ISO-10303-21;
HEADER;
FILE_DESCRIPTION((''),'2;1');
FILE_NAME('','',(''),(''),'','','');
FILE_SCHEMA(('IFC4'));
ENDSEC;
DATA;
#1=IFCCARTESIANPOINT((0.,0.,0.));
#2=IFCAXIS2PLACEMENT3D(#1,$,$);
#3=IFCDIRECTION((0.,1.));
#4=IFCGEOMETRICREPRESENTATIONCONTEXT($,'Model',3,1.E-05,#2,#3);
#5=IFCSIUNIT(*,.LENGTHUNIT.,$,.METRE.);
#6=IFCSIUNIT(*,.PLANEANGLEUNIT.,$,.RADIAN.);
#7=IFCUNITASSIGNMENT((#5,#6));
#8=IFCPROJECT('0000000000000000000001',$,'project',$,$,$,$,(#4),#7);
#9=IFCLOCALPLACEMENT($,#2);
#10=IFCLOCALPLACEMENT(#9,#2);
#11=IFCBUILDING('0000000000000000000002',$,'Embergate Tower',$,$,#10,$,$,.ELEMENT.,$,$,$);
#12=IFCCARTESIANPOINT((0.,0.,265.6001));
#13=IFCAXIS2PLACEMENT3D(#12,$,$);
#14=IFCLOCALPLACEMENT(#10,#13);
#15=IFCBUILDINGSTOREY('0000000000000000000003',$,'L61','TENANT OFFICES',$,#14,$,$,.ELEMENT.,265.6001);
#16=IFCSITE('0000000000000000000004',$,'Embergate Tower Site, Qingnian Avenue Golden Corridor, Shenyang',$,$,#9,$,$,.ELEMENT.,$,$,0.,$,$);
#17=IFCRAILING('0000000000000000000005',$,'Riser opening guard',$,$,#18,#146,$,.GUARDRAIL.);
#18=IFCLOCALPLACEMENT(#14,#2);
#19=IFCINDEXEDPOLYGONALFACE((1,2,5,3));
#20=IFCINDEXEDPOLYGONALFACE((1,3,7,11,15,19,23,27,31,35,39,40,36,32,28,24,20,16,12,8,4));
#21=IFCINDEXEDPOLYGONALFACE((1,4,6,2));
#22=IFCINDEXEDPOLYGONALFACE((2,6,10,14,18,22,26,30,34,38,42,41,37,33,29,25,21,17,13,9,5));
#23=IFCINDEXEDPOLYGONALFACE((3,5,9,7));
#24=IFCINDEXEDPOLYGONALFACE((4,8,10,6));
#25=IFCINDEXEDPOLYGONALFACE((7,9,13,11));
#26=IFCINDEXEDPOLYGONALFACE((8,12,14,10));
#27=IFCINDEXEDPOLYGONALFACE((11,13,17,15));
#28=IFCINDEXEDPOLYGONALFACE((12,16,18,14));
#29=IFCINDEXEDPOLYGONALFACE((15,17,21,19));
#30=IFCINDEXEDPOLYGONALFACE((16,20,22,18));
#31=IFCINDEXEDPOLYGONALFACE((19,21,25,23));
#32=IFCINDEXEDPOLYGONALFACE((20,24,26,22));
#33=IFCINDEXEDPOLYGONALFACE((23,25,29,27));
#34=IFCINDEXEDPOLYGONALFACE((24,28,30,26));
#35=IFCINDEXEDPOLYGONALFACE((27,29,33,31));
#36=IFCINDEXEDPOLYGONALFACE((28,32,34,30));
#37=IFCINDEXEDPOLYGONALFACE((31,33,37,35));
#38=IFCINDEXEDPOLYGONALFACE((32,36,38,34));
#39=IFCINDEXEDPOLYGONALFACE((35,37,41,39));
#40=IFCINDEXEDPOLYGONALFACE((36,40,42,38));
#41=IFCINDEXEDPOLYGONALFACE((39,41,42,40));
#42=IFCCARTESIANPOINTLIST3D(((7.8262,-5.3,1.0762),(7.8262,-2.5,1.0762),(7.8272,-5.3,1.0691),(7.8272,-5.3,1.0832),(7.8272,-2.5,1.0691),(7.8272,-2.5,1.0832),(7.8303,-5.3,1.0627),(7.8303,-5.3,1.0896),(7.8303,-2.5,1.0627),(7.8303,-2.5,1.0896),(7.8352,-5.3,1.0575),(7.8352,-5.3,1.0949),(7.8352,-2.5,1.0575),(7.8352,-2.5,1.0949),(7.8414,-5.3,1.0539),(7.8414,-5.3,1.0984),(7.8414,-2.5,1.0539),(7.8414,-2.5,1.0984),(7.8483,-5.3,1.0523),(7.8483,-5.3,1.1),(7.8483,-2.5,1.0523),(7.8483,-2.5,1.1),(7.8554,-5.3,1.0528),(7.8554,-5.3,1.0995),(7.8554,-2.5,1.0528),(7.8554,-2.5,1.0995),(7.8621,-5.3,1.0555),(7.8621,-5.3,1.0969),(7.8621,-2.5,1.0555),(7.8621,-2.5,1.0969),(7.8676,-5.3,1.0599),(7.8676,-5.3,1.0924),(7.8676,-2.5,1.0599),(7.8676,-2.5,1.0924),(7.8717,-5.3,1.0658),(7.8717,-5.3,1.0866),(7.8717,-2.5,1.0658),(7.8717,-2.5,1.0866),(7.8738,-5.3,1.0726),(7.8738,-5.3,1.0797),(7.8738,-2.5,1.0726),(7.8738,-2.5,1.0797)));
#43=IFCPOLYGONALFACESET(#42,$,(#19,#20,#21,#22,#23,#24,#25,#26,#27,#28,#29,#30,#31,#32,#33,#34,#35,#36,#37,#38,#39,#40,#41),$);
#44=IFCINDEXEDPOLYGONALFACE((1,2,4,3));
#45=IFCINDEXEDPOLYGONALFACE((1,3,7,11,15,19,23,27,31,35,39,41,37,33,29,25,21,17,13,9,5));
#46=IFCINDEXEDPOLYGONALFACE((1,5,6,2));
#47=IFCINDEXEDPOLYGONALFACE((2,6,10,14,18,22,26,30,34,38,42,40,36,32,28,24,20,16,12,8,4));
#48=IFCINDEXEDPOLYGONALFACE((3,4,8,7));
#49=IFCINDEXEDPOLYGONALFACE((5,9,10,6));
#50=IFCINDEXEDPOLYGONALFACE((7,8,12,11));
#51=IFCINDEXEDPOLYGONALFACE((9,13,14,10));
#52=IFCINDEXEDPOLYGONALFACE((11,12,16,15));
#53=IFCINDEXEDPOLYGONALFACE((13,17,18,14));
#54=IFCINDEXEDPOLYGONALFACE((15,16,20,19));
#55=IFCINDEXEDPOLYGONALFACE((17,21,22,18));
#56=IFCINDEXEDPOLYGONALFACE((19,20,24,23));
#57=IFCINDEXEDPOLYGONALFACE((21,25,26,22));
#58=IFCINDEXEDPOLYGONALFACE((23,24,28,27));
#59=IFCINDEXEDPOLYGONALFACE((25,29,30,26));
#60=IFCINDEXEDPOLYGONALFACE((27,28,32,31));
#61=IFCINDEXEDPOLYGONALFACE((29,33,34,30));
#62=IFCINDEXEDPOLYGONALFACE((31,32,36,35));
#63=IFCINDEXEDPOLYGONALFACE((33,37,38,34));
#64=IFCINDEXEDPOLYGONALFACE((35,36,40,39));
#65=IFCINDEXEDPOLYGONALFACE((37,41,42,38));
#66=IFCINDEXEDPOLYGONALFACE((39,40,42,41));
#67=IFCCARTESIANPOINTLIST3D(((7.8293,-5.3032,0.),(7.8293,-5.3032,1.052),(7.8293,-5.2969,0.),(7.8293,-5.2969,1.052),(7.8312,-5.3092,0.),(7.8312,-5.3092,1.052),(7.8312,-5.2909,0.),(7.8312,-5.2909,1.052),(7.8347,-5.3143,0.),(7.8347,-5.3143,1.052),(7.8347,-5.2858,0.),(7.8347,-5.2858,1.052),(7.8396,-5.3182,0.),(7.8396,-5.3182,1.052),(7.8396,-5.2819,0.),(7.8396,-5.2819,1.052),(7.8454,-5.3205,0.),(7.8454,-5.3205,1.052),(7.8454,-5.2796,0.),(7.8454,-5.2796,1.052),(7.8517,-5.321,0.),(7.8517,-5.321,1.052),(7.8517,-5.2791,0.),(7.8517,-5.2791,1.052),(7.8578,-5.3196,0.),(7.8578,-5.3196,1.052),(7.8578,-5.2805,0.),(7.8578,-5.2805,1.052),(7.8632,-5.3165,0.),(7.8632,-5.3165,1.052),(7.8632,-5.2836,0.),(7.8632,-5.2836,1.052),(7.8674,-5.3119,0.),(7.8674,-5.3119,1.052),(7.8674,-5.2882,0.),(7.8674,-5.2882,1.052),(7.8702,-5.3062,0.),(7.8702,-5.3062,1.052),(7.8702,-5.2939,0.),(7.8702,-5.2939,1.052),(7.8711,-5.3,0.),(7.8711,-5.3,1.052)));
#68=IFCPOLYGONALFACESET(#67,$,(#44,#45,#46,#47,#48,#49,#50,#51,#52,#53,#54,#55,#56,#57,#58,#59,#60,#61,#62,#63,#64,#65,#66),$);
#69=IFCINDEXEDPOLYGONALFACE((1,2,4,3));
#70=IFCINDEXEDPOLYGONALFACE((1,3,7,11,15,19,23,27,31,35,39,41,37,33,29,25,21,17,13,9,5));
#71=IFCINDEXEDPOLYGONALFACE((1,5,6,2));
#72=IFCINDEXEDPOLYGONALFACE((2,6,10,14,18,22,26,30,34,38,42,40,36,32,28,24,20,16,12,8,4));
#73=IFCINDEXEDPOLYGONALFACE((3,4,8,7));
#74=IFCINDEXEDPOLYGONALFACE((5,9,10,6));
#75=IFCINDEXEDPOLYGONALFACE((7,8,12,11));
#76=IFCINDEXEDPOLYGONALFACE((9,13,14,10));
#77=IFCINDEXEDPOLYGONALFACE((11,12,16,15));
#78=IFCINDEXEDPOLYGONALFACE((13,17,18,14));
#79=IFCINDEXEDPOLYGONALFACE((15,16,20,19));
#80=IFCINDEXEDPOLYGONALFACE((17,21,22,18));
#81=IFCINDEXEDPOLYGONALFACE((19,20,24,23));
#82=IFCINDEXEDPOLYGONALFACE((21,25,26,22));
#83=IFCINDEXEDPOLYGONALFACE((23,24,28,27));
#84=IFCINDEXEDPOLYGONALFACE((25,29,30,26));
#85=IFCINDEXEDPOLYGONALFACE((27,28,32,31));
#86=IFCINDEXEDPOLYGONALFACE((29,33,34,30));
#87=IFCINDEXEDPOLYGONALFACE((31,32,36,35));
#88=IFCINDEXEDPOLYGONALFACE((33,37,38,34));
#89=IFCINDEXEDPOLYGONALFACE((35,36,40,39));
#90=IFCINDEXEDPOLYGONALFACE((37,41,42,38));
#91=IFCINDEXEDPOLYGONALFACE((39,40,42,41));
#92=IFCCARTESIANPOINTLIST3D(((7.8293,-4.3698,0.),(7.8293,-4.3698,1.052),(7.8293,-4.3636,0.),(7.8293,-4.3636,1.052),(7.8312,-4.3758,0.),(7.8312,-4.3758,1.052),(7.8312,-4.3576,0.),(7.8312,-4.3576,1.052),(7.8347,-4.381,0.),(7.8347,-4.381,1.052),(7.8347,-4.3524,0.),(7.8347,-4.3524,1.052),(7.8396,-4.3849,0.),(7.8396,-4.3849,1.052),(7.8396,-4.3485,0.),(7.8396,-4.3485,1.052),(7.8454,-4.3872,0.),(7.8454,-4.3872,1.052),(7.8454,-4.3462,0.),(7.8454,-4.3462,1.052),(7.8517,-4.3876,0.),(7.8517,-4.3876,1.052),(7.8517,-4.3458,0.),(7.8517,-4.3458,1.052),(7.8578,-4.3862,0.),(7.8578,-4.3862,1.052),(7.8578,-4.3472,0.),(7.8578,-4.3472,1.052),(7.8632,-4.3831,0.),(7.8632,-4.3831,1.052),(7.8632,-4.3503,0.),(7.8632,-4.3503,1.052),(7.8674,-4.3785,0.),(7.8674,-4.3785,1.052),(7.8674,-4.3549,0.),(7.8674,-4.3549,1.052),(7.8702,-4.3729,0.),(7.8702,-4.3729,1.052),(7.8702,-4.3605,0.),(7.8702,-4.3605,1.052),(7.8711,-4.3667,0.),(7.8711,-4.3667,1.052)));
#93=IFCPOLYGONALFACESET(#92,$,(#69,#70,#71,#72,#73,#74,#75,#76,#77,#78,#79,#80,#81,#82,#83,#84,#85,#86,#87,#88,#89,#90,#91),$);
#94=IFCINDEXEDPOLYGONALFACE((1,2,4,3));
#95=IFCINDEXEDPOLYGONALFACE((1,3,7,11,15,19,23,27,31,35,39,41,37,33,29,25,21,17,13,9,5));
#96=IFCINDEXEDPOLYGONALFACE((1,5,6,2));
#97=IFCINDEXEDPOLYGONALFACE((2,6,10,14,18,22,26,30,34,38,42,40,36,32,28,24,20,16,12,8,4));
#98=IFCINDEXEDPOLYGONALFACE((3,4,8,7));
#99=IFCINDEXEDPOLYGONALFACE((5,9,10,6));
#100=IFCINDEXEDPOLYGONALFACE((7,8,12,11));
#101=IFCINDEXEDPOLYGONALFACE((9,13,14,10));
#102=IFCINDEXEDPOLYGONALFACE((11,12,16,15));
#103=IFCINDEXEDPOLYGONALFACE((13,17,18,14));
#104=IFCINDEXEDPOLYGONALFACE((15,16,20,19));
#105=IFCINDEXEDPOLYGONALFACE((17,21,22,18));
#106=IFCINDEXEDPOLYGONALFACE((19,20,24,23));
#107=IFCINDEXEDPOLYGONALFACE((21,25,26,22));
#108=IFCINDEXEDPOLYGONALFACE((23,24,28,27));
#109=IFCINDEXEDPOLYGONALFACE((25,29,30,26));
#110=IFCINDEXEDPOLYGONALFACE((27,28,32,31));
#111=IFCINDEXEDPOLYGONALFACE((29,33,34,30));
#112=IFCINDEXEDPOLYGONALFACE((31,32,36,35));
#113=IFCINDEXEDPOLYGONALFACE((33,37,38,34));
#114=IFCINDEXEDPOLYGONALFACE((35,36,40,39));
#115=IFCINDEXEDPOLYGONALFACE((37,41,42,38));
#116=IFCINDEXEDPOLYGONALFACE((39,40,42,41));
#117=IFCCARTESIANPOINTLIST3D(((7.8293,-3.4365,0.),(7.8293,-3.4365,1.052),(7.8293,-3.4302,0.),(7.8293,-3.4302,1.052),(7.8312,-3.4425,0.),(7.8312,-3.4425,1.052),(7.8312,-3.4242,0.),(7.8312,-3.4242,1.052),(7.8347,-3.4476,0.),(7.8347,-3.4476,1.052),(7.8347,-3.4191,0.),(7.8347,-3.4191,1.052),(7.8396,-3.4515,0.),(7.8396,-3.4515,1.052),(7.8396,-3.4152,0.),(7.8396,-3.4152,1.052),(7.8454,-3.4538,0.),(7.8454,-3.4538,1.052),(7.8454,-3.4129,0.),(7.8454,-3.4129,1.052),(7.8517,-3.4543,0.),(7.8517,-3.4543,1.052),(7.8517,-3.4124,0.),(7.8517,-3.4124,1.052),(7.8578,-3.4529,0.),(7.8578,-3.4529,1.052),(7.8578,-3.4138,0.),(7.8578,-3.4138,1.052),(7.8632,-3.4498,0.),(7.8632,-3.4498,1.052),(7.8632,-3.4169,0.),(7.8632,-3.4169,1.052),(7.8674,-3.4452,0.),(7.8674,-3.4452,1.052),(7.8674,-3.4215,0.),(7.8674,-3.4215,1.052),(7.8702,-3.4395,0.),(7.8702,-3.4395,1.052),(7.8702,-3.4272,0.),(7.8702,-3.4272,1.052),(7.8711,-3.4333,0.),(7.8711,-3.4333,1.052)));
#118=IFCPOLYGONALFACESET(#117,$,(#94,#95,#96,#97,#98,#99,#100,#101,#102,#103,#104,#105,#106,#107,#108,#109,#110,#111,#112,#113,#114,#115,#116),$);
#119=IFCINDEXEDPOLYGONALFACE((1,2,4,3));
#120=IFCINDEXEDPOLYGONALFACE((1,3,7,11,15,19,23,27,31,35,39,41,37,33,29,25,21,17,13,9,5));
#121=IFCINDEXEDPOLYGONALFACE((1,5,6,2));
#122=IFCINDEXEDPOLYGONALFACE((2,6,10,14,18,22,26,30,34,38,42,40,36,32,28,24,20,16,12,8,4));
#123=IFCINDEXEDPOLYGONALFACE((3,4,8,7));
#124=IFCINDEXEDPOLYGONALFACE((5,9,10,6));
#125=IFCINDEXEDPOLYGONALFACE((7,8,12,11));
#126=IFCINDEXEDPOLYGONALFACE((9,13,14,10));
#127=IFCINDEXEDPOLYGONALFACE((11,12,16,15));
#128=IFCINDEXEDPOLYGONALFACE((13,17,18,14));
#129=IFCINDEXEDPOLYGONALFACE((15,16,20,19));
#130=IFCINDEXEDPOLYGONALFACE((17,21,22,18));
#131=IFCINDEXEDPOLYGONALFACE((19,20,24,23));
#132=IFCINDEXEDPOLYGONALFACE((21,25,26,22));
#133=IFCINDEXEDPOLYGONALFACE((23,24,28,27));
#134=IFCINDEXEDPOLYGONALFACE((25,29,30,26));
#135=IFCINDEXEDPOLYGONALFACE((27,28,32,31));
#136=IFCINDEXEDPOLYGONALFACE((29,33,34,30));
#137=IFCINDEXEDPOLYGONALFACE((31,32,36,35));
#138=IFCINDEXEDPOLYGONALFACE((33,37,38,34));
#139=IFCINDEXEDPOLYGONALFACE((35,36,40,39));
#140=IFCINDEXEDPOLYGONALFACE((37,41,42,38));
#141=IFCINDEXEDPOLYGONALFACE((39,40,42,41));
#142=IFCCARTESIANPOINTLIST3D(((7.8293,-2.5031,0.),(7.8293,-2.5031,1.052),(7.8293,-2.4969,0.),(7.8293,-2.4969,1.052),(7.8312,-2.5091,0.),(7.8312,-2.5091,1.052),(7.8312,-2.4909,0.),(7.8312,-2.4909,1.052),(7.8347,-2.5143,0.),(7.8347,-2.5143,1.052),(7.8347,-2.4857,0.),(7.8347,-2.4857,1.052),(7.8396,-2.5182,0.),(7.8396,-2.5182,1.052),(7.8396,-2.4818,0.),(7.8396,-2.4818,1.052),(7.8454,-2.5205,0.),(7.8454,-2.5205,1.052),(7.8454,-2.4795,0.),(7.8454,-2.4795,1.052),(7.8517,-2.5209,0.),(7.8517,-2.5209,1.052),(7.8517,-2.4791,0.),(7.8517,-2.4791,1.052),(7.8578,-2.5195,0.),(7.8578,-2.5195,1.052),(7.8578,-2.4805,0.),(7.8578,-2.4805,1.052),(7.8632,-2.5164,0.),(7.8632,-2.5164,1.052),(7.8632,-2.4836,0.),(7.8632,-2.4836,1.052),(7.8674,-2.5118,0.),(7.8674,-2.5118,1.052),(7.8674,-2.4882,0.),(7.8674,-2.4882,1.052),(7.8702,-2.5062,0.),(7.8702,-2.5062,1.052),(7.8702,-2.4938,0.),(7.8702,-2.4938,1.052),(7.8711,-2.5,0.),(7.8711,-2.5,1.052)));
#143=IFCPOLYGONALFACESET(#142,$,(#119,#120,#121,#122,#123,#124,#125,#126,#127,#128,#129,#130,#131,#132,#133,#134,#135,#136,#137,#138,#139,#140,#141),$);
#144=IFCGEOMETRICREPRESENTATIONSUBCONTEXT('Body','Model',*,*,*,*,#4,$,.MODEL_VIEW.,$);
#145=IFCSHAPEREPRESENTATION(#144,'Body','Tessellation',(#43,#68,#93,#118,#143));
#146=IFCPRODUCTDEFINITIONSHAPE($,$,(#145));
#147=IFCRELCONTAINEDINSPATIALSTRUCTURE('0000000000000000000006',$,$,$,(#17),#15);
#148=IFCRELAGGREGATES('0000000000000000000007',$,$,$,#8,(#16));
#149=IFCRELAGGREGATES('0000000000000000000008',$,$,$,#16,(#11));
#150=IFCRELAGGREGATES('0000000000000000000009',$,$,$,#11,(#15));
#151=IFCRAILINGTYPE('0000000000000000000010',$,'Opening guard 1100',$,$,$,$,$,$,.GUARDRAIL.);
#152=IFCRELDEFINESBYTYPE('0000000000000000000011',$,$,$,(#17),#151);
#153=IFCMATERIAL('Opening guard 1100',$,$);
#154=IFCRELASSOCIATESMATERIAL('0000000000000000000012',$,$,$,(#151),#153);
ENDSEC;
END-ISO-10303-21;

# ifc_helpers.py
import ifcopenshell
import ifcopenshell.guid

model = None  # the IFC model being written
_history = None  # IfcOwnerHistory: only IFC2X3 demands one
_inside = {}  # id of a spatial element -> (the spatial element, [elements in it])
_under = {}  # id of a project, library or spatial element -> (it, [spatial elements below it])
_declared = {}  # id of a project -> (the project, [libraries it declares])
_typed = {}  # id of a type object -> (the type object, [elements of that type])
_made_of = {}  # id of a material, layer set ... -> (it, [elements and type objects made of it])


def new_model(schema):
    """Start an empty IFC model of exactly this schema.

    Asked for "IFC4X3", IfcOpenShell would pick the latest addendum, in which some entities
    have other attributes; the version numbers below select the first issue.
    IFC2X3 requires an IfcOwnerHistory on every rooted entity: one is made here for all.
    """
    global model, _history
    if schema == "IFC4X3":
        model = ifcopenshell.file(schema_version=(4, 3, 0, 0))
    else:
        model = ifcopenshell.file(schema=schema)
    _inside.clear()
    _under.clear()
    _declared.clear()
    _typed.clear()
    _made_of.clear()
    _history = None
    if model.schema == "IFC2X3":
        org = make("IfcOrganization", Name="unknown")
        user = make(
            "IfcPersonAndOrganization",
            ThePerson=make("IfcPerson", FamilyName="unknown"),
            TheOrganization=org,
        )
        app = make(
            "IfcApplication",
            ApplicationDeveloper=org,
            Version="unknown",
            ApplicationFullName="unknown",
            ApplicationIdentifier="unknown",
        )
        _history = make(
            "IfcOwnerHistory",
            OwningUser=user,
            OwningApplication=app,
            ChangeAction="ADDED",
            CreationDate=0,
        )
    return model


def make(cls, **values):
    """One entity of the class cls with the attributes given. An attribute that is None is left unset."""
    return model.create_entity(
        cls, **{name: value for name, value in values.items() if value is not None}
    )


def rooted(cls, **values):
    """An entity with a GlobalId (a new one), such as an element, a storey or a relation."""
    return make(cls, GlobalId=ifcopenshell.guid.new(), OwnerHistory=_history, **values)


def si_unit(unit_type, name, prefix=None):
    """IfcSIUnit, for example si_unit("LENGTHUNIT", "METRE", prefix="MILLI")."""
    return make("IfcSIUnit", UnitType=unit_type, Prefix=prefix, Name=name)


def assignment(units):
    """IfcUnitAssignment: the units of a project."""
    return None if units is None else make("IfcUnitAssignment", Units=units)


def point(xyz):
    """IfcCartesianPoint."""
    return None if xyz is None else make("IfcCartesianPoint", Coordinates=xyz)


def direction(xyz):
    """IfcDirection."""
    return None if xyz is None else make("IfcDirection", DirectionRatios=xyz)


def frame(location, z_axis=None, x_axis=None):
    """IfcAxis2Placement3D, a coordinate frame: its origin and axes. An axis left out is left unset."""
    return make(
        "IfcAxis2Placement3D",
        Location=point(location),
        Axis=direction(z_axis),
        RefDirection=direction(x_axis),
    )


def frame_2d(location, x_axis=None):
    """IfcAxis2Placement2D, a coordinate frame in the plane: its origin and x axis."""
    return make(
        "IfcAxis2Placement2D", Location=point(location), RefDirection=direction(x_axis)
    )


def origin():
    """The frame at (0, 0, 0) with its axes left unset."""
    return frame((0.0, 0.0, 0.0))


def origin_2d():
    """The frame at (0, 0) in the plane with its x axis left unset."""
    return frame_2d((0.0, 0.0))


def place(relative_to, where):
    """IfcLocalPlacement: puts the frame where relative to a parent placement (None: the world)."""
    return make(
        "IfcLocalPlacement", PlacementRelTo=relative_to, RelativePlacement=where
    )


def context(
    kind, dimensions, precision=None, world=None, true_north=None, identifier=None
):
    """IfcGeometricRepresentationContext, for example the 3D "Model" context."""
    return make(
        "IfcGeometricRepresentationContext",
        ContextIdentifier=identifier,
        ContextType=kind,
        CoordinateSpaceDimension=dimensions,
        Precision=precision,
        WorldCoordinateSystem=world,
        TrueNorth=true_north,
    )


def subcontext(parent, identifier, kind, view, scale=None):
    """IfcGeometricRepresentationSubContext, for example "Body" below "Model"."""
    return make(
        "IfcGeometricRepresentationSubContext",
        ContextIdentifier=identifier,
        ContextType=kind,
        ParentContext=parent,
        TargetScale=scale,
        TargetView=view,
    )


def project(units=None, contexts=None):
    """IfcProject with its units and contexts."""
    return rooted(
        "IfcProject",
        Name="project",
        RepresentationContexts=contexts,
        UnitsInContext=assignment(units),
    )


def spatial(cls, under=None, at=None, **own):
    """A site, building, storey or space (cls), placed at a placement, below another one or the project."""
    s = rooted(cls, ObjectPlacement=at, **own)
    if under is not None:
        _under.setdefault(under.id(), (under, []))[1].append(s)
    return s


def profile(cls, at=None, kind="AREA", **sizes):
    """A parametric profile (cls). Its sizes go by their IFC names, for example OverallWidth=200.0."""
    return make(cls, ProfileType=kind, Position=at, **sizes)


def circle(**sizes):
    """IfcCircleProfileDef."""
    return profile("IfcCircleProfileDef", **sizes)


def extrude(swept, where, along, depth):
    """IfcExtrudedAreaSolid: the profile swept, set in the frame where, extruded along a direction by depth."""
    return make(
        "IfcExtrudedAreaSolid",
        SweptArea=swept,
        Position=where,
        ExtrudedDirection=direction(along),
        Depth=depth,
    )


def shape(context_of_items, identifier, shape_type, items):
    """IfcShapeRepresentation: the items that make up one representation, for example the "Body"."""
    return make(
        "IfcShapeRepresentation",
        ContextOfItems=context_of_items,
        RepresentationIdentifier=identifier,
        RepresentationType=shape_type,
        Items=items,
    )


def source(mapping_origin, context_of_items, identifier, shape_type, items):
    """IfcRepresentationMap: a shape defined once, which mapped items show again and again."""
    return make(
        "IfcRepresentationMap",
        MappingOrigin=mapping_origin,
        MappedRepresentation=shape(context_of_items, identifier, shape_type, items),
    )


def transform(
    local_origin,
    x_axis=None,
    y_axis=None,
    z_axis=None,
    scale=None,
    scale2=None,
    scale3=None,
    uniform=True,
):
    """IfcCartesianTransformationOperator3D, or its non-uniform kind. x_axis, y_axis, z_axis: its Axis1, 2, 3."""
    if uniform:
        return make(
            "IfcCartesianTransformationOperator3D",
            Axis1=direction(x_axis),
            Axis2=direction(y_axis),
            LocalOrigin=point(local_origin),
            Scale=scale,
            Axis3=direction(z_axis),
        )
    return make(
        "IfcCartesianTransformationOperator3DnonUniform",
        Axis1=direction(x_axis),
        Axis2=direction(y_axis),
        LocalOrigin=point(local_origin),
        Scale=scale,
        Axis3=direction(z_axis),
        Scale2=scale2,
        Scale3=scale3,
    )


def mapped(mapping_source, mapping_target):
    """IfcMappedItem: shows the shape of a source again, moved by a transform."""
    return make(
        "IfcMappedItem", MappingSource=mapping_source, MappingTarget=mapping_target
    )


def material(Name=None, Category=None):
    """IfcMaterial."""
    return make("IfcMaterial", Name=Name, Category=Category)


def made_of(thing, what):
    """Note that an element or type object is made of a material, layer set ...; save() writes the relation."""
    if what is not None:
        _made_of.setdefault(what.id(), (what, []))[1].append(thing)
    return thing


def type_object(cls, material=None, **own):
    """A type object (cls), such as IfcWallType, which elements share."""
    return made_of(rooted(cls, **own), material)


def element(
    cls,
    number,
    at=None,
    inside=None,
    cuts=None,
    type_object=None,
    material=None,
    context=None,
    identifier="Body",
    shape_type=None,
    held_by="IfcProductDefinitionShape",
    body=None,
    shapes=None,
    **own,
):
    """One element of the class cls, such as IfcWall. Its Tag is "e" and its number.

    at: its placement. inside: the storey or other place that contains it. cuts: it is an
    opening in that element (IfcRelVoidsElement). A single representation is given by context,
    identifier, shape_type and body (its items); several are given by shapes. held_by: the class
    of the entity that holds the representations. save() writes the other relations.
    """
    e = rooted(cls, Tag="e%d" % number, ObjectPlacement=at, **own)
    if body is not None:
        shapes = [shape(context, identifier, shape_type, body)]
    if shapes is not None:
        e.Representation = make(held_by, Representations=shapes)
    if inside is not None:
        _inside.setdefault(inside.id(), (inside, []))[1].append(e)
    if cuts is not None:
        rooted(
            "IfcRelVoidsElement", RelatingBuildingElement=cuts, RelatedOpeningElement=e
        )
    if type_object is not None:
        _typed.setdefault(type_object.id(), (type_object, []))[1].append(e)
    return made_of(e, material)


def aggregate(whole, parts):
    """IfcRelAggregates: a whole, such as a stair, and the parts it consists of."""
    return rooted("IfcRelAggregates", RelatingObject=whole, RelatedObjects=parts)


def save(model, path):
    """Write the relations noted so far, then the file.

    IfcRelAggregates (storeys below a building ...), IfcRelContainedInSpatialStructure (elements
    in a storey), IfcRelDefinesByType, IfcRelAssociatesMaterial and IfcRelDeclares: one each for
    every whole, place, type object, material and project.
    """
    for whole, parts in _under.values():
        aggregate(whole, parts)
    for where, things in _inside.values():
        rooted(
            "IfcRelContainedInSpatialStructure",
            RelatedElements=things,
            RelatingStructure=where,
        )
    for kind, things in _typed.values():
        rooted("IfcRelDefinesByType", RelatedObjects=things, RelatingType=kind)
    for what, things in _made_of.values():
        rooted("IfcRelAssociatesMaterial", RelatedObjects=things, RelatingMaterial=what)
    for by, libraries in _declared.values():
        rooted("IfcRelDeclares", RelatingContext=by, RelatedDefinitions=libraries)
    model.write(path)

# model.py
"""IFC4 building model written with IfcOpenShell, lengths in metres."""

from ifc_helpers import new_model, si_unit, direction, frame, origin, origin_2d, place, context, subcontext, project, spatial, circle, extrude, source, transform, mapped, material, type_object, element, save


model = new_model("IFC4")

# Units and contexts
model_context = context("Model", 3, precision=1e-05, world=origin(), true_north=direction((0.0, 1.0)))
body_context = subcontext(model_context, "Body", "Model", "MODEL_VIEW")
ifc_project = project(units=[si_unit("LENGTHUNIT", "METRE"), si_unit("PLANEANGLEUNIT", "RADIAN")], contexts=[model_context])

# Site, building, storey
site_placement = place(None, origin())
site = spatial("IfcSite", under=ifc_project, at=site_placement, Name="Embergate Tower Site, Qingnian Avenue Golden Corridor, Shenyang", CompositionType="ELEMENT", RefElevation=0.0)
building_placement = place(site_placement, origin())
building = spatial("IfcBuilding", under=site, at=building_placement, Name="Embergate Tower", CompositionType="ELEMENT")
storey_placement = place(building_placement, frame((0.0, 0.0, 265.6001)))
storey = spatial("IfcBuildingStorey", under=building, at=storey_placement, Name="L61", Description="TENANT OFFICES", CompositionType="ELEMENT", Elevation=265.6001)

# Railing
ifc_material_1 = material(Name="Opening guard 1100")
railing_type_1 = type_object("IfcRailingType", Name="Opening guard 1100", PredefinedType="GUARDRAIL", material=ifc_material_1)
shared_shape_1 = source(origin(), body_context, "Body", "SweptSolid", [
    extrude(circle(Radius=0.0239, at=origin_2d()), frame((0.0, 0.0, 1.0762), z_axis=(0.0, 1.0, 0.0), x_axis=(-1.0, 0.0, 0.0)), (0.0, 0.0, 1.0), 2.8),
    extrude(circle(Radius=0.021, at=origin_2d()), origin(), (0.0, 0.0, 1.0), 1.052),
    extrude(circle(Radius=0.021, at=origin_2d()), frame((0.0, 0.9333, 0.0)), (0.0, 0.0, 1.0), 1.052),
    extrude(circle(Radius=0.021, at=origin_2d()), frame((0.0, 1.8667, 0.0)), (0.0, 0.0, 1.0), 1.052),
    extrude(circle(Radius=0.021, at=origin_2d()), frame((0.0, 2.8, 0.0)), (0.0, 0.0, 1.0), 1.052),
])
railing_1_placement = place(storey_placement, frame((7.8501, -5.3, 0.0)))
element("IfcRailing", 1, at=railing_1_placement, inside=storey, type_object=railing_type_1, Name="Riser opening guard", PredefinedType="GUARDRAIL", context=body_context, shape_type="MappedRepresentation", body=[
    mapped(shared_shape_1, transform((0.0, 0.0, 0.0))),
])

save(model, "model.ifc")
